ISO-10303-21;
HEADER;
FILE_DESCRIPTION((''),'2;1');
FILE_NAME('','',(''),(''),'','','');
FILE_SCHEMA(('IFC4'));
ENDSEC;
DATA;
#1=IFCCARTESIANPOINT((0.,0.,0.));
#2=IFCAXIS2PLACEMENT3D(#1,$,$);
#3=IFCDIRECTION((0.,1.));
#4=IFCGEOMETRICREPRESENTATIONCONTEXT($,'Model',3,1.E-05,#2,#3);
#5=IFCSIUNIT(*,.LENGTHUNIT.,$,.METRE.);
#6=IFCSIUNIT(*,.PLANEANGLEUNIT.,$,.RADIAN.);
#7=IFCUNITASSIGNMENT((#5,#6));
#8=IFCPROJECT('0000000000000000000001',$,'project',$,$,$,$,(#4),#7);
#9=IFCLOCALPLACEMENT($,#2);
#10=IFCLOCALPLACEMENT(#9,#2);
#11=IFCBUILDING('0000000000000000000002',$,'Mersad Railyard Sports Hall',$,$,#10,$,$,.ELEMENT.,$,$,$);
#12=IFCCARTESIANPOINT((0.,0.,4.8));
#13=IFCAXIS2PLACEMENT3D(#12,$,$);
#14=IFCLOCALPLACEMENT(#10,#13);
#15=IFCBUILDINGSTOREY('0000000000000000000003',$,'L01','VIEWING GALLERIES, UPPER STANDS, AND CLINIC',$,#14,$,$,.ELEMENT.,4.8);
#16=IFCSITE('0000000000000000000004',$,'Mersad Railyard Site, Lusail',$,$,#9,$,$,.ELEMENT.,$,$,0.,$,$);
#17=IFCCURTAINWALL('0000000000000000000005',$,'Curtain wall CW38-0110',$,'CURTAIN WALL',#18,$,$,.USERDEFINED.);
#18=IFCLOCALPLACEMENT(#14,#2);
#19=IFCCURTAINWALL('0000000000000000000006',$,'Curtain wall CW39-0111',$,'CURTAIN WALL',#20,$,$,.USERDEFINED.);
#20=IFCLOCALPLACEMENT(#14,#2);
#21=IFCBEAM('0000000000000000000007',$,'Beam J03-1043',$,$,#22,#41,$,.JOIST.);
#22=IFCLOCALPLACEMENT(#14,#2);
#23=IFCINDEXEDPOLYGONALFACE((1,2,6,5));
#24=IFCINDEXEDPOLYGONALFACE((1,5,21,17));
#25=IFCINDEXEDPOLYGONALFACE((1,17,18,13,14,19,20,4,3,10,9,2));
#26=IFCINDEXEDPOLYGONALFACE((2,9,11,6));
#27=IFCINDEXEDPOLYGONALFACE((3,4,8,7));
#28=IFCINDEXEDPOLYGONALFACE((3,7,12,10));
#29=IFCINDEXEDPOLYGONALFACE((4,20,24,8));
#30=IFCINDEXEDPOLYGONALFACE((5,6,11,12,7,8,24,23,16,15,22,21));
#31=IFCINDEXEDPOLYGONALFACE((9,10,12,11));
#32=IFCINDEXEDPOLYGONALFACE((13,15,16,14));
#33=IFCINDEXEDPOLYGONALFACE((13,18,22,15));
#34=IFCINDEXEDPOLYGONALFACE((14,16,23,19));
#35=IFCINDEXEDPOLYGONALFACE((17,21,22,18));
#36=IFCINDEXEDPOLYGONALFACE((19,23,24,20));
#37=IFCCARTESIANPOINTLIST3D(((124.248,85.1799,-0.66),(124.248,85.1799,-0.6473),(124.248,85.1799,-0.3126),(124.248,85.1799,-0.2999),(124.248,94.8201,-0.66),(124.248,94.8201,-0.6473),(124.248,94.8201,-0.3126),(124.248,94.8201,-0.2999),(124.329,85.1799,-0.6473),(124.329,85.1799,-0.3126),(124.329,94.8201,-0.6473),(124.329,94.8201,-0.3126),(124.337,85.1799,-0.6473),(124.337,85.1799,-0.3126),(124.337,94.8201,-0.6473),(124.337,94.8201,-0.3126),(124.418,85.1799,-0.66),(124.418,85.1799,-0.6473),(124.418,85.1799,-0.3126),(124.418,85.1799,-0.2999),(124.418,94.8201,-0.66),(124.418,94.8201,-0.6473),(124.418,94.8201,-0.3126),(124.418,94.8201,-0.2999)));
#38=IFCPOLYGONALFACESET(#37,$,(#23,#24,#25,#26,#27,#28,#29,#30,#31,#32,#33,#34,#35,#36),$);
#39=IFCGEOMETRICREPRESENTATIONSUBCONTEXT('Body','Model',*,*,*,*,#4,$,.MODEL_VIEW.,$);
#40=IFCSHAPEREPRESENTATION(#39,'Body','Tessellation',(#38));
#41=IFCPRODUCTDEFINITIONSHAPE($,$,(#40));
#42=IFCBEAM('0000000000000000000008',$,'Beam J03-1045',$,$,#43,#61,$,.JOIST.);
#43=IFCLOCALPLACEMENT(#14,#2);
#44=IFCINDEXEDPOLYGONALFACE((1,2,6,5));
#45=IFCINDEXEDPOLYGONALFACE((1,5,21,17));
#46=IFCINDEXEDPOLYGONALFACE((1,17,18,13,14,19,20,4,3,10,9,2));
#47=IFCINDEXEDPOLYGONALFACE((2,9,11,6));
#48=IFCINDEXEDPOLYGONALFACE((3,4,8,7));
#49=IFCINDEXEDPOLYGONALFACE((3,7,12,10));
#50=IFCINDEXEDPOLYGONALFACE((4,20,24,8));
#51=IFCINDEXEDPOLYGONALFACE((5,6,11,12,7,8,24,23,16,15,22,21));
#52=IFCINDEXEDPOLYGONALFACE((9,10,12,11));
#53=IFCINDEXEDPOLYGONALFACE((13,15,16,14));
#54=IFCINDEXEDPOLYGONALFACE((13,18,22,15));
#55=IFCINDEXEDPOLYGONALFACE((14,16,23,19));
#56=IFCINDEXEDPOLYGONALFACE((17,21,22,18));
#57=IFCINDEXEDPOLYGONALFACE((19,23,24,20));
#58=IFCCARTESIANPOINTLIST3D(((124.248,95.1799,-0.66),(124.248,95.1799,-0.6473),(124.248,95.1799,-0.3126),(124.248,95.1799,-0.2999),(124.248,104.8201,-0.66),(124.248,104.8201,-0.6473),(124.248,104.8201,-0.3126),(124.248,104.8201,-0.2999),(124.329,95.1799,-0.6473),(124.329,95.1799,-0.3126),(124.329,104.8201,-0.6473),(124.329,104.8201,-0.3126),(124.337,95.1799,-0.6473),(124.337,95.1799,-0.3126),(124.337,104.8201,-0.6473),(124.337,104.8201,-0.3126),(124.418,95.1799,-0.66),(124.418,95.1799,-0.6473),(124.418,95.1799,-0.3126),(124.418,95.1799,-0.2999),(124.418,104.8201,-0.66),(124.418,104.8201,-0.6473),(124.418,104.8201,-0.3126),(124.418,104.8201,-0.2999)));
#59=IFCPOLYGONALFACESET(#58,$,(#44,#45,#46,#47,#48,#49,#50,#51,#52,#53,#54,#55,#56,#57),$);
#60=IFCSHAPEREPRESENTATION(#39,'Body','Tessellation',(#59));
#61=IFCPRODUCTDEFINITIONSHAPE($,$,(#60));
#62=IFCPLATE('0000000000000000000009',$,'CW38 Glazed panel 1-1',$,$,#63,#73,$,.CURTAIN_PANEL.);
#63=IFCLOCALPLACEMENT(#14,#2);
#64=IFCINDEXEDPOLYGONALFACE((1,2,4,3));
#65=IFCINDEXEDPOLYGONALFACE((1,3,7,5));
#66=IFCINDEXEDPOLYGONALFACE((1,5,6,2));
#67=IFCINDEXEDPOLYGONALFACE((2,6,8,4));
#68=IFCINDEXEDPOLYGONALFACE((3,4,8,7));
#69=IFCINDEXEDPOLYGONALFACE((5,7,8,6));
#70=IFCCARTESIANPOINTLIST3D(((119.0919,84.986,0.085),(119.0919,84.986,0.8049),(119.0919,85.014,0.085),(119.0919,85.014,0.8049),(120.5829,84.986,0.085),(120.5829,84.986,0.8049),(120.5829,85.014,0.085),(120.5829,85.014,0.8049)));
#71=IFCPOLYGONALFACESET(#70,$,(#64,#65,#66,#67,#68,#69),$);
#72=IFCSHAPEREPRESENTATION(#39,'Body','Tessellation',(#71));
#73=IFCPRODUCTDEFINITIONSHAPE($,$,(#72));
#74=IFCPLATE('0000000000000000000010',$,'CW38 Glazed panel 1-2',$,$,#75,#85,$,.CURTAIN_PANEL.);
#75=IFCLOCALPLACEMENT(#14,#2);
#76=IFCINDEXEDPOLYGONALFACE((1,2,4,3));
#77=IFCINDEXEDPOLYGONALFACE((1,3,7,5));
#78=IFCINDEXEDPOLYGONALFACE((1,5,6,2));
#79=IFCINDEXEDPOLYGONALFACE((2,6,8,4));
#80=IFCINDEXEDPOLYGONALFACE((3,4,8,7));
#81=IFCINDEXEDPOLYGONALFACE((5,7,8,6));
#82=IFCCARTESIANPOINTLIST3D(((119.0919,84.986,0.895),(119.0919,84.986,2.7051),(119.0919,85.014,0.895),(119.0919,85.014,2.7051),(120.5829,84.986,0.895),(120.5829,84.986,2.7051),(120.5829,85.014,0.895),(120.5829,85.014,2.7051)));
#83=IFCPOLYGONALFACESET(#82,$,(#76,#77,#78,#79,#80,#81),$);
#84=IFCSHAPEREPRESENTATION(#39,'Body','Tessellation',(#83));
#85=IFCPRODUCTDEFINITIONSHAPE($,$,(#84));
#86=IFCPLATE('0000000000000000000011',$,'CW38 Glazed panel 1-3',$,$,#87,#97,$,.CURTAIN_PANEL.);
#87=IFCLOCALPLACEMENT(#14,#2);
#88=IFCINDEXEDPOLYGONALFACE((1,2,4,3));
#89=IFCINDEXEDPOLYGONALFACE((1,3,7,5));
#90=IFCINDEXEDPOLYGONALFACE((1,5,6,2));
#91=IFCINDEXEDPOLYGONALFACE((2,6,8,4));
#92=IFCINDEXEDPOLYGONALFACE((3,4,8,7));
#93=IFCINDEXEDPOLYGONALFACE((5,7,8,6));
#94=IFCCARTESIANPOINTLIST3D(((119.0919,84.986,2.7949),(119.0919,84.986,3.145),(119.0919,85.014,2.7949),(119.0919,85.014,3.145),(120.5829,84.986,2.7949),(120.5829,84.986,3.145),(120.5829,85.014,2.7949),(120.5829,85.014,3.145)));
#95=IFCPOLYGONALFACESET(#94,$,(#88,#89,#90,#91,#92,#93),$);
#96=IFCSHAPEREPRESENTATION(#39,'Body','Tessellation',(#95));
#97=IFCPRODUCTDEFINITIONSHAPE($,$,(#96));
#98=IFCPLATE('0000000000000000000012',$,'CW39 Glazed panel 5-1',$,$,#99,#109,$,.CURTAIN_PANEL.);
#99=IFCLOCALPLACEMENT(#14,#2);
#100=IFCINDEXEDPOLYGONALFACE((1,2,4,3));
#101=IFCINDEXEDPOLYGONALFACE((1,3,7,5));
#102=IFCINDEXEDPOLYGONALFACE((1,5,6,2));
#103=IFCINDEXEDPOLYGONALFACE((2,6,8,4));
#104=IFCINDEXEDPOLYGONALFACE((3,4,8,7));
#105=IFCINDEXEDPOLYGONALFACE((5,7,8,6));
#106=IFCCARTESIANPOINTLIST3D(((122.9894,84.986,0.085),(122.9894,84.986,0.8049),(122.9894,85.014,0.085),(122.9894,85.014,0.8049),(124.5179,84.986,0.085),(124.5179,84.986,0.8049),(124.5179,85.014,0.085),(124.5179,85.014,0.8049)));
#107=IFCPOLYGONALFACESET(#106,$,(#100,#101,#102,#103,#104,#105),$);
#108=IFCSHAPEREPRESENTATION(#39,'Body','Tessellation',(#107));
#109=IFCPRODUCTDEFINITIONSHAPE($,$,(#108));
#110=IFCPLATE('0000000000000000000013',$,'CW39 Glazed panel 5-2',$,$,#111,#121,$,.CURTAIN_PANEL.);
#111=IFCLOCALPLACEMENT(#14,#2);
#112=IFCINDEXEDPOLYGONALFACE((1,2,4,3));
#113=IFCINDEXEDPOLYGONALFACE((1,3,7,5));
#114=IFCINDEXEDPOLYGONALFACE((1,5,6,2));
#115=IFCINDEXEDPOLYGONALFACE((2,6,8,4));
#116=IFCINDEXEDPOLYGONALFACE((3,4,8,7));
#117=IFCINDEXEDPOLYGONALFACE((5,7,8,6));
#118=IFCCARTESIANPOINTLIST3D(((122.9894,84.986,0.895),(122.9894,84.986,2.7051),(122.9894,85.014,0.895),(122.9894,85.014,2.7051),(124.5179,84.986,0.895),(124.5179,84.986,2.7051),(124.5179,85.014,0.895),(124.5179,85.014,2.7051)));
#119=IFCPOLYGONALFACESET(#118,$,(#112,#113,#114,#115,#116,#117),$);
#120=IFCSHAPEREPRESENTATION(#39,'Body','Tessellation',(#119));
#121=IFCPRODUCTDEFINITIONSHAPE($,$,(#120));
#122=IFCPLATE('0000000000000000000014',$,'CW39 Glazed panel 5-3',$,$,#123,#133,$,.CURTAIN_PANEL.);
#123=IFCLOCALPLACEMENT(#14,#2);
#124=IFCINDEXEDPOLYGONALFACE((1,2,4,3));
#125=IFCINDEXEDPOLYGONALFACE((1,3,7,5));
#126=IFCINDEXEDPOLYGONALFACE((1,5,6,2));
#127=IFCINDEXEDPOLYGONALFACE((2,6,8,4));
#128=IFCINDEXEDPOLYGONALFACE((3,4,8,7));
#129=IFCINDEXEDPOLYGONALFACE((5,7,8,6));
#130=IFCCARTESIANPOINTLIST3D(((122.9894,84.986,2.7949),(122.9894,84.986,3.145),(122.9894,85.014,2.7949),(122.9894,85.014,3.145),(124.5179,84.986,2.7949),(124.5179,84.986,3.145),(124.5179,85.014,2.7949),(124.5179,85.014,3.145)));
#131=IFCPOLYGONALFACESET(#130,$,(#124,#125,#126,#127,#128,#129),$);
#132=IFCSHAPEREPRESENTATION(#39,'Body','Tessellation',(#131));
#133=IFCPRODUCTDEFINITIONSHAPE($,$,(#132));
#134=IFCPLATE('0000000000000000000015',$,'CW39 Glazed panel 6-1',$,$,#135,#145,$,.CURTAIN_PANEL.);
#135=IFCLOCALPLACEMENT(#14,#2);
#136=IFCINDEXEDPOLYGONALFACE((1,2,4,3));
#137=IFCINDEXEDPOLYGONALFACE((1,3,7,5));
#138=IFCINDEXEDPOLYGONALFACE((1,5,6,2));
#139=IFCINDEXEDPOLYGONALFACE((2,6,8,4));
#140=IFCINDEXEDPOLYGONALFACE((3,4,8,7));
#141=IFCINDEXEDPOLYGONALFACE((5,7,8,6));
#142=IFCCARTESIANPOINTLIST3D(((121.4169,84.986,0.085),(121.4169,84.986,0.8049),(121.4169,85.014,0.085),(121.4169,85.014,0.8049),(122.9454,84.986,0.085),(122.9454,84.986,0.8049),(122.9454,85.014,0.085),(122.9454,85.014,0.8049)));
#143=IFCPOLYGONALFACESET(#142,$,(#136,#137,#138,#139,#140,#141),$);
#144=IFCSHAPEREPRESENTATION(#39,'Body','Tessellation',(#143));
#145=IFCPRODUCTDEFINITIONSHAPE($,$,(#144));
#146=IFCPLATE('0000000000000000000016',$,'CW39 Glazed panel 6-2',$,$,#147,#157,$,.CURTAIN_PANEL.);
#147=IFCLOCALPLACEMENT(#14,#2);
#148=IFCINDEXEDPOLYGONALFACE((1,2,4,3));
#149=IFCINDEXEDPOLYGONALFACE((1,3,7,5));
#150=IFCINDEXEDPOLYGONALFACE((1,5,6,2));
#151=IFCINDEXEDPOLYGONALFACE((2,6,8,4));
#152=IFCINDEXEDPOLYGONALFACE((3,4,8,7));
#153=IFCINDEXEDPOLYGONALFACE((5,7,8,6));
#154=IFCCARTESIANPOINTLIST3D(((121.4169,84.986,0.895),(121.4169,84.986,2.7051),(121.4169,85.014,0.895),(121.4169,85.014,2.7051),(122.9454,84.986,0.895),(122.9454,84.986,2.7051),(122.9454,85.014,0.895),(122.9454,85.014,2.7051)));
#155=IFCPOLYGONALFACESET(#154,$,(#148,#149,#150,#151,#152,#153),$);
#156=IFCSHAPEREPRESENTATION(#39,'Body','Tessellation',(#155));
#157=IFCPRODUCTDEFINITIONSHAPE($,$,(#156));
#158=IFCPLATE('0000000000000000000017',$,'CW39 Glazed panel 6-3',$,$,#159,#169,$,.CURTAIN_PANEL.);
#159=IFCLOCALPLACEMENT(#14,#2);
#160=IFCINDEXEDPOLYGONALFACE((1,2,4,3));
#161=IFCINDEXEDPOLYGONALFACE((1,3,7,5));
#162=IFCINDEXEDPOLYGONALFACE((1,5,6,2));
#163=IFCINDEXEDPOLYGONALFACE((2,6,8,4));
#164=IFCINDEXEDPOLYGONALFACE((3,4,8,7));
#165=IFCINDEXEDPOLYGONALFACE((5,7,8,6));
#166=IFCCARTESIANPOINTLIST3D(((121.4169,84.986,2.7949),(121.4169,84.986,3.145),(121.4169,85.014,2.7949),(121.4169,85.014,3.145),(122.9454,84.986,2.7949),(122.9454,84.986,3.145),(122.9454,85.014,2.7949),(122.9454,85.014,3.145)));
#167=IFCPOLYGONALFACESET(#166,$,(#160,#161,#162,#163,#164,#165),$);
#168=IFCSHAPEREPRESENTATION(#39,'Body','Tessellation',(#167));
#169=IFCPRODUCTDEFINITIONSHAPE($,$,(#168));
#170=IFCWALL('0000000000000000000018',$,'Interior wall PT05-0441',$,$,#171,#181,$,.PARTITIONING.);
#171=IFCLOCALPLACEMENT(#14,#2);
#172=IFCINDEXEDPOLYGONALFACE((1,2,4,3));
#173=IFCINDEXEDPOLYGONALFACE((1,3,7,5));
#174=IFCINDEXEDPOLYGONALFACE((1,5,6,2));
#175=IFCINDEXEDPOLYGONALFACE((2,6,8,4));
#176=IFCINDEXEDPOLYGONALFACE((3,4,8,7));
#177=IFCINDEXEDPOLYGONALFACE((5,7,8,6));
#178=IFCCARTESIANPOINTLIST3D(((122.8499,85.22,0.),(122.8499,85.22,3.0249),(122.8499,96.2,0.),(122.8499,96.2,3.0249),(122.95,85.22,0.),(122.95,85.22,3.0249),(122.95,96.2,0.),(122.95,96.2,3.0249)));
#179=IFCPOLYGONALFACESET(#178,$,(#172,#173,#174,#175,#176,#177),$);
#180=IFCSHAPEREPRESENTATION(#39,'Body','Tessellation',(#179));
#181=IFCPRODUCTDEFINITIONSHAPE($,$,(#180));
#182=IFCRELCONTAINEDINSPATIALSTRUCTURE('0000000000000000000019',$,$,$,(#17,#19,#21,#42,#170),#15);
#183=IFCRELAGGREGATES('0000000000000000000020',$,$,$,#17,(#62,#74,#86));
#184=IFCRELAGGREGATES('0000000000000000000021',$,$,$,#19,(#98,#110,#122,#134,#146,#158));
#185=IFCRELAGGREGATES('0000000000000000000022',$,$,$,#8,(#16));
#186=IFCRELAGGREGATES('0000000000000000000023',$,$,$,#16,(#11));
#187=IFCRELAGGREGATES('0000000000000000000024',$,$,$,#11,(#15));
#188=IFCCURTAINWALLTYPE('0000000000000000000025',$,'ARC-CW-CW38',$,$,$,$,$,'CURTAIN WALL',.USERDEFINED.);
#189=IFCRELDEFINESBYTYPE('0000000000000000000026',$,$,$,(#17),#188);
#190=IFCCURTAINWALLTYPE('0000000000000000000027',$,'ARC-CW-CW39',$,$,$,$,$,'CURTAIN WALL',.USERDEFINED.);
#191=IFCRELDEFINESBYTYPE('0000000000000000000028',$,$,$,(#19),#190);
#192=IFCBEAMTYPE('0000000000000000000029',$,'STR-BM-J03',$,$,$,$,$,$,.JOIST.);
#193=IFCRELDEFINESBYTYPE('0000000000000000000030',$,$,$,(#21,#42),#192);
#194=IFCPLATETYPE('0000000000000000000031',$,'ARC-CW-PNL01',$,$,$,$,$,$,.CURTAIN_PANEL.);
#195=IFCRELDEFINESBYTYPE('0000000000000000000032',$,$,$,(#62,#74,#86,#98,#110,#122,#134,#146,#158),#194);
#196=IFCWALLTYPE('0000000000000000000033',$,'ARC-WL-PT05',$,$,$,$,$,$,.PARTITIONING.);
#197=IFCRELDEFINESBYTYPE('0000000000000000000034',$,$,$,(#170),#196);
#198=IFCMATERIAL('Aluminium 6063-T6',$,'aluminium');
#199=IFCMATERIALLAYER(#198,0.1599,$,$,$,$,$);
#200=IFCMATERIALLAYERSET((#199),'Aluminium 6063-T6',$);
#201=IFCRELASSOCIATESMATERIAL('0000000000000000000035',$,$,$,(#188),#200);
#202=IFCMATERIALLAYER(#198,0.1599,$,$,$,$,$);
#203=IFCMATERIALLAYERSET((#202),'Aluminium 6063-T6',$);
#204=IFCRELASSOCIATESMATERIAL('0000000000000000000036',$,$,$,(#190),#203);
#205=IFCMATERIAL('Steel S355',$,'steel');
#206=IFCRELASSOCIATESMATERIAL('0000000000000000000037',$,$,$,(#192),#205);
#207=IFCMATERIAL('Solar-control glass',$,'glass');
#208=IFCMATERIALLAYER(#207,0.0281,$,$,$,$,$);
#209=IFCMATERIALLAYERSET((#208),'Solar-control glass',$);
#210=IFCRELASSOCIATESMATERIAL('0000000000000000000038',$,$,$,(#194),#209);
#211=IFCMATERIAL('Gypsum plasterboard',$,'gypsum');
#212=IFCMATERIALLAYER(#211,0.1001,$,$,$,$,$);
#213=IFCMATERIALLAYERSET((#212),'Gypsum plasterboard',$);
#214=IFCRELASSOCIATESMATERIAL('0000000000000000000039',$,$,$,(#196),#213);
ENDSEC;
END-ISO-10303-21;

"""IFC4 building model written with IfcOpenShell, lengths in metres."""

from ifc_helpers import new_model, si_unit, direction, frame, frame_2d, origin, origin_2d, place, context, subcontext, project, spatial, rectangle, i_section, extrude, material, layer, layer_set, material_profile, profile_set, type_object, element, aggregate, save


model = new_model("IFC4")

# Units and contexts
model_context = context("Model", 3, precision=1e-05, world=origin(), true_north=direction((0.0, 1.0)))
body_context = subcontext(model_context, "Body", "Model", "MODEL_VIEW")
ifc_project = project(units=[si_unit("LENGTHUNIT", "METRE"), si_unit("PLANEANGLEUNIT", "RADIAN")], contexts=[model_context])

# Site, building, storey
site_placement = place(None, origin())
site = spatial("IfcSite", under=ifc_project, at=site_placement, Name="Mersad Railyard Site, Lusail", CompositionType="ELEMENT", RefElevation=0.0)
building_placement = place(site_placement, origin())
building = spatial("IfcBuilding", under=site, at=building_placement, Name="Mersad Railyard Sports Hall", CompositionType="ELEMENT")
storey_placement = place(building_placement, frame((0.0, 0.0, 4.8)))
storey = spatial("IfcBuildingStorey", under=building, at=storey_placement, Name="L01", Description="VIEWING GALLERIES, UPPER STANDS, AND CLINIC", CompositionType="ELEMENT", Elevation=4.8)

# Curtain walls
ifc_material_1 = material(Name="Aluminium 6063-T6", Category="aluminium")
ifc_layer_1 = layer(ifc_material_1, 0.1599)
ifc_layer_set_1 = layer_set([ifc_layer_1], Name="Aluminium 6063-T6")
curtain_wall_type_1 = type_object("IfcCurtainWallType", Name="ARC-CW-CW38", ElementType="CURTAIN WALL", PredefinedType="USERDEFINED", material=ifc_layer_set_1)
curtain_wall_1_placement = place(storey_placement, origin())
curtain_wall_1 = element("IfcCurtainWall", 1, at=curtain_wall_1_placement, inside=storey, type_object=curtain_wall_type_1, Name="Curtain wall CW38-0110", ObjectType="CURTAIN WALL", PredefinedType="USERDEFINED")
ifc_layer_2 = layer(ifc_material_1, 0.1599)
ifc_layer_set_2 = layer_set([ifc_layer_2], Name="Aluminium 6063-T6")
curtain_wall_type_2 = type_object("IfcCurtainWallType", Name="ARC-CW-CW39", ElementType="CURTAIN WALL", PredefinedType="USERDEFINED", material=ifc_layer_set_2)
curtain_wall_2_placement = place(storey_placement, origin())
curtain_wall_2 = element("IfcCurtainWall", 2, at=curtain_wall_2_placement, inside=storey, type_object=curtain_wall_type_2, Name="Curtain wall CW39-0111", ObjectType="CURTAIN WALL", PredefinedType="USERDEFINED")

# Beams
ifc_material_2 = material(Name="Steel S355", Category="steel")
ifc_material_profile_1 = material_profile(ifc_material_2, i_section(OverallWidth=0.1699, OverallDepth=0.3601, WebThickness=0.0081, FlangeThickness=0.0127, at=origin_2d()), Name="IPE 360")
ifc_profile_set_1 = profile_set([ifc_material_profile_1], Name="Steel S355")
beam_type_1 = type_object("IfcBeamType", Name="STR-BM-J03", PredefinedType="JOIST", material=ifc_profile_set_1)
for number, where, z_axis, x_axis, name in (
    (3, (124.333, 85.1799, -0.48), (0.0, 1.0, 0.0), (-1.0, 0.0, 0.0), "Beam J03-1043"),
    (4, (124.333, 95.1799, -0.48), (0.0, 1.0, 0.0), (-1.0, 0.0, 0.0), "Beam J03-1045"),
):
    element("IfcBeam", number, at=place(storey_placement, frame(where, z_axis=z_axis, x_axis=x_axis)), inside=storey, type_object=beam_type_1, Name=name, PredefinedType="JOIST", context=body_context, shape_type="SweptSolid", body=[
        extrude(i_section(OverallWidth=0.1699, OverallDepth=0.3601, WebThickness=0.0081, FlangeThickness=0.0127, at=origin_2d()), origin(), (0.0, 0.0, 1.0), 9.6401),
    ])

# Plates
ifc_material_3 = material(Name="Solar-control glass", Category="glass")
ifc_layer_3 = layer(ifc_material_3, 0.0281)
ifc_layer_set_3 = layer_set([ifc_layer_3], Name="Solar-control glass")
plate_type = type_object("IfcPlateType", Name="ARC-CW-PNL01", PredefinedType="CURTAIN_PANEL", material=ifc_layer_set_3)
plate_1_placement = place(storey_placement, frame((119.8374, 85.0, 0.085), z_axis=(0.0, 0.0, 1.0), x_axis=(-1.0, 0.0, 0.0)))
plate_1 = element("IfcPlate", 5, at=plate_1_placement, type_object=plate_type, Name="CW38 Glazed panel 1-1", PredefinedType="CURTAIN_PANEL", context=body_context, shape_type="SweptSolid", body=[
    extrude(rectangle(XDim=1.491, YDim=0.0281, at=origin_2d()), origin(), (0.0, 0.0, 1.0), 0.72),
])
plate_2_placement = place(storey_placement, frame((119.8374, 85.0, 0.895), z_axis=(0.0, 0.0, 1.0), x_axis=(-1.0, 0.0, 0.0)))
plate_2 = element("IfcPlate", 6, at=plate_2_placement, type_object=plate_type, Name="CW38 Glazed panel 1-2", PredefinedType="CURTAIN_PANEL", context=body_context, shape_type="SweptSolid", body=[
    extrude(rectangle(XDim=1.491, YDim=0.0281, at=origin_2d()), origin(), (0.0, 0.0, 1.0), 1.8101),
])
plate_3_placement = place(storey_placement, frame((119.8374, 85.0, 2.7949), z_axis=(0.0, 0.0, 1.0), x_axis=(-1.0, 0.0, 0.0)))
plate_3 = element("IfcPlate", 7, at=plate_3_placement, type_object=plate_type, Name="CW38 Glazed panel 1-3", PredefinedType="CURTAIN_PANEL", context=body_context, shape_type="SweptSolid", body=[
    extrude(rectangle(XDim=1.491, YDim=0.0281, at=origin_2d()), origin(), (0.0, 0.0, 1.0), 0.3501),
])
aggregate(curtain_wall_1, [plate_1, plate_2, plate_3])
plate_4_placement = place(storey_placement, frame((123.7537, 85.0, 0.085), z_axis=(0.0, 0.0, 1.0), x_axis=(-1.0, 0.0, 0.0)))
plate_4 = element("IfcPlate", 8, at=plate_4_placement, type_object=plate_type, Name="CW39 Glazed panel 5-1", PredefinedType="CURTAIN_PANEL", context=body_context, shape_type="SweptSolid", body=[
    extrude(rectangle(XDim=1.5286, YDim=0.0281, at=origin_2d()), origin(), (0.0, 0.0, 1.0), 0.72),
])
plate_5_placement = place(storey_placement, frame((123.7537, 85.0, 0.895), z_axis=(0.0, 0.0, 1.0), x_axis=(-1.0, 0.0, 0.0)))
plate_5 = element("IfcPlate", 9, at=plate_5_placement, type_object=plate_type, Name="CW39 Glazed panel 5-2", PredefinedType="CURTAIN_PANEL", context=body_context, shape_type="SweptSolid", body=[
    extrude(rectangle(XDim=1.5286, YDim=0.0281, at=origin_2d()), origin(), (0.0, 0.0, 1.0), 1.8101),
])
plate_6_placement = place(storey_placement, frame((123.7537, 85.0, 2.7949), z_axis=(0.0, 0.0, 1.0), x_axis=(-1.0, 0.0, 0.0)))
plate_6 = element("IfcPlate", 10, at=plate_6_placement, type_object=plate_type, Name="CW39 Glazed panel 5-3", PredefinedType="CURTAIN_PANEL", context=body_context, shape_type="SweptSolid", body=[
    extrude(rectangle(XDim=1.5286, YDim=0.0281, at=origin_2d()), origin(), (0.0, 0.0, 1.0), 0.3501),
])
plate_7_placement = place(storey_placement, frame((122.1812, 85.0, 0.085), z_axis=(0.0, 0.0, 1.0), x_axis=(-1.0, 0.0, 0.0)))
plate_7 = element("IfcPlate", 11, at=plate_7_placement, type_object=plate_type, Name="CW39 Glazed panel 6-1", PredefinedType="CURTAIN_PANEL", context=body_context, shape_type="SweptSolid", body=[
    extrude(rectangle(XDim=1.5286, YDim=0.0281, at=origin_2d()), origin(), (0.0, 0.0, 1.0), 0.72),
])
plate_8_placement = place(storey_placement, frame((122.1812, 85.0, 0.895), z_axis=(0.0, 0.0, 1.0), x_axis=(-1.0, 0.0, 0.0)))
plate_8 = element("IfcPlate", 12, at=plate_8_placement, type_object=plate_type, Name="CW39 Glazed panel 6-2", PredefinedType="CURTAIN_PANEL", context=body_context, shape_type="SweptSolid", body=[
    extrude(rectangle(XDim=1.5286, YDim=0.0281, at=origin_2d()), origin(), (0.0, 0.0, 1.0), 1.8101),
])
plate_9_placement = place(storey_placement, frame((122.1812, 85.0, 2.7949), z_axis=(0.0, 0.0, 1.0), x_axis=(-1.0, 0.0, 0.0)))
plate_9 = element("IfcPlate", 13, at=plate_9_placement, type_object=plate_type, Name="CW39 Glazed panel 6-3", PredefinedType="CURTAIN_PANEL", context=body_context, shape_type="SweptSolid", body=[
    extrude(rectangle(XDim=1.5286, YDim=0.0281, at=origin_2d()), origin(), (0.0, 0.0, 1.0), 0.3501),
])
aggregate(curtain_wall_2, [plate_4, plate_5, plate_6, plate_7, plate_8, plate_9])

# Wall
ifc_material_4 = material(Name="Gypsum plasterboard", Category="gypsum")
ifc_layer_4 = layer(ifc_material_4, 0.1001)
ifc_layer_set_4 = layer_set([ifc_layer_4], Name="Gypsum plasterboard")
wall_type = type_object("IfcWallType", Name="ARC-WL-PT05", PredefinedType="PARTITIONING", material=ifc_layer_set_4)
wall_placement = place(storey_placement, frame((122.8999, 85.22, 0.0), z_axis=(0.0, 0.0, 1.0), x_axis=(0.0, 1.0, 0.0)))
element("IfcWall", 14, at=wall_placement, inside=storey, type_object=wall_type, Name="Interior wall PT05-0441", PredefinedType="PARTITIONING", context=body_context, shape_type="SweptSolid", body=[
    extrude(rectangle(XDim=10.98, YDim=0.1001, at=frame_2d((5.49, 0.0))), origin(), (0.0, 0.0, 1.0), 3.0249),
])

save(model, "model.ifc")
